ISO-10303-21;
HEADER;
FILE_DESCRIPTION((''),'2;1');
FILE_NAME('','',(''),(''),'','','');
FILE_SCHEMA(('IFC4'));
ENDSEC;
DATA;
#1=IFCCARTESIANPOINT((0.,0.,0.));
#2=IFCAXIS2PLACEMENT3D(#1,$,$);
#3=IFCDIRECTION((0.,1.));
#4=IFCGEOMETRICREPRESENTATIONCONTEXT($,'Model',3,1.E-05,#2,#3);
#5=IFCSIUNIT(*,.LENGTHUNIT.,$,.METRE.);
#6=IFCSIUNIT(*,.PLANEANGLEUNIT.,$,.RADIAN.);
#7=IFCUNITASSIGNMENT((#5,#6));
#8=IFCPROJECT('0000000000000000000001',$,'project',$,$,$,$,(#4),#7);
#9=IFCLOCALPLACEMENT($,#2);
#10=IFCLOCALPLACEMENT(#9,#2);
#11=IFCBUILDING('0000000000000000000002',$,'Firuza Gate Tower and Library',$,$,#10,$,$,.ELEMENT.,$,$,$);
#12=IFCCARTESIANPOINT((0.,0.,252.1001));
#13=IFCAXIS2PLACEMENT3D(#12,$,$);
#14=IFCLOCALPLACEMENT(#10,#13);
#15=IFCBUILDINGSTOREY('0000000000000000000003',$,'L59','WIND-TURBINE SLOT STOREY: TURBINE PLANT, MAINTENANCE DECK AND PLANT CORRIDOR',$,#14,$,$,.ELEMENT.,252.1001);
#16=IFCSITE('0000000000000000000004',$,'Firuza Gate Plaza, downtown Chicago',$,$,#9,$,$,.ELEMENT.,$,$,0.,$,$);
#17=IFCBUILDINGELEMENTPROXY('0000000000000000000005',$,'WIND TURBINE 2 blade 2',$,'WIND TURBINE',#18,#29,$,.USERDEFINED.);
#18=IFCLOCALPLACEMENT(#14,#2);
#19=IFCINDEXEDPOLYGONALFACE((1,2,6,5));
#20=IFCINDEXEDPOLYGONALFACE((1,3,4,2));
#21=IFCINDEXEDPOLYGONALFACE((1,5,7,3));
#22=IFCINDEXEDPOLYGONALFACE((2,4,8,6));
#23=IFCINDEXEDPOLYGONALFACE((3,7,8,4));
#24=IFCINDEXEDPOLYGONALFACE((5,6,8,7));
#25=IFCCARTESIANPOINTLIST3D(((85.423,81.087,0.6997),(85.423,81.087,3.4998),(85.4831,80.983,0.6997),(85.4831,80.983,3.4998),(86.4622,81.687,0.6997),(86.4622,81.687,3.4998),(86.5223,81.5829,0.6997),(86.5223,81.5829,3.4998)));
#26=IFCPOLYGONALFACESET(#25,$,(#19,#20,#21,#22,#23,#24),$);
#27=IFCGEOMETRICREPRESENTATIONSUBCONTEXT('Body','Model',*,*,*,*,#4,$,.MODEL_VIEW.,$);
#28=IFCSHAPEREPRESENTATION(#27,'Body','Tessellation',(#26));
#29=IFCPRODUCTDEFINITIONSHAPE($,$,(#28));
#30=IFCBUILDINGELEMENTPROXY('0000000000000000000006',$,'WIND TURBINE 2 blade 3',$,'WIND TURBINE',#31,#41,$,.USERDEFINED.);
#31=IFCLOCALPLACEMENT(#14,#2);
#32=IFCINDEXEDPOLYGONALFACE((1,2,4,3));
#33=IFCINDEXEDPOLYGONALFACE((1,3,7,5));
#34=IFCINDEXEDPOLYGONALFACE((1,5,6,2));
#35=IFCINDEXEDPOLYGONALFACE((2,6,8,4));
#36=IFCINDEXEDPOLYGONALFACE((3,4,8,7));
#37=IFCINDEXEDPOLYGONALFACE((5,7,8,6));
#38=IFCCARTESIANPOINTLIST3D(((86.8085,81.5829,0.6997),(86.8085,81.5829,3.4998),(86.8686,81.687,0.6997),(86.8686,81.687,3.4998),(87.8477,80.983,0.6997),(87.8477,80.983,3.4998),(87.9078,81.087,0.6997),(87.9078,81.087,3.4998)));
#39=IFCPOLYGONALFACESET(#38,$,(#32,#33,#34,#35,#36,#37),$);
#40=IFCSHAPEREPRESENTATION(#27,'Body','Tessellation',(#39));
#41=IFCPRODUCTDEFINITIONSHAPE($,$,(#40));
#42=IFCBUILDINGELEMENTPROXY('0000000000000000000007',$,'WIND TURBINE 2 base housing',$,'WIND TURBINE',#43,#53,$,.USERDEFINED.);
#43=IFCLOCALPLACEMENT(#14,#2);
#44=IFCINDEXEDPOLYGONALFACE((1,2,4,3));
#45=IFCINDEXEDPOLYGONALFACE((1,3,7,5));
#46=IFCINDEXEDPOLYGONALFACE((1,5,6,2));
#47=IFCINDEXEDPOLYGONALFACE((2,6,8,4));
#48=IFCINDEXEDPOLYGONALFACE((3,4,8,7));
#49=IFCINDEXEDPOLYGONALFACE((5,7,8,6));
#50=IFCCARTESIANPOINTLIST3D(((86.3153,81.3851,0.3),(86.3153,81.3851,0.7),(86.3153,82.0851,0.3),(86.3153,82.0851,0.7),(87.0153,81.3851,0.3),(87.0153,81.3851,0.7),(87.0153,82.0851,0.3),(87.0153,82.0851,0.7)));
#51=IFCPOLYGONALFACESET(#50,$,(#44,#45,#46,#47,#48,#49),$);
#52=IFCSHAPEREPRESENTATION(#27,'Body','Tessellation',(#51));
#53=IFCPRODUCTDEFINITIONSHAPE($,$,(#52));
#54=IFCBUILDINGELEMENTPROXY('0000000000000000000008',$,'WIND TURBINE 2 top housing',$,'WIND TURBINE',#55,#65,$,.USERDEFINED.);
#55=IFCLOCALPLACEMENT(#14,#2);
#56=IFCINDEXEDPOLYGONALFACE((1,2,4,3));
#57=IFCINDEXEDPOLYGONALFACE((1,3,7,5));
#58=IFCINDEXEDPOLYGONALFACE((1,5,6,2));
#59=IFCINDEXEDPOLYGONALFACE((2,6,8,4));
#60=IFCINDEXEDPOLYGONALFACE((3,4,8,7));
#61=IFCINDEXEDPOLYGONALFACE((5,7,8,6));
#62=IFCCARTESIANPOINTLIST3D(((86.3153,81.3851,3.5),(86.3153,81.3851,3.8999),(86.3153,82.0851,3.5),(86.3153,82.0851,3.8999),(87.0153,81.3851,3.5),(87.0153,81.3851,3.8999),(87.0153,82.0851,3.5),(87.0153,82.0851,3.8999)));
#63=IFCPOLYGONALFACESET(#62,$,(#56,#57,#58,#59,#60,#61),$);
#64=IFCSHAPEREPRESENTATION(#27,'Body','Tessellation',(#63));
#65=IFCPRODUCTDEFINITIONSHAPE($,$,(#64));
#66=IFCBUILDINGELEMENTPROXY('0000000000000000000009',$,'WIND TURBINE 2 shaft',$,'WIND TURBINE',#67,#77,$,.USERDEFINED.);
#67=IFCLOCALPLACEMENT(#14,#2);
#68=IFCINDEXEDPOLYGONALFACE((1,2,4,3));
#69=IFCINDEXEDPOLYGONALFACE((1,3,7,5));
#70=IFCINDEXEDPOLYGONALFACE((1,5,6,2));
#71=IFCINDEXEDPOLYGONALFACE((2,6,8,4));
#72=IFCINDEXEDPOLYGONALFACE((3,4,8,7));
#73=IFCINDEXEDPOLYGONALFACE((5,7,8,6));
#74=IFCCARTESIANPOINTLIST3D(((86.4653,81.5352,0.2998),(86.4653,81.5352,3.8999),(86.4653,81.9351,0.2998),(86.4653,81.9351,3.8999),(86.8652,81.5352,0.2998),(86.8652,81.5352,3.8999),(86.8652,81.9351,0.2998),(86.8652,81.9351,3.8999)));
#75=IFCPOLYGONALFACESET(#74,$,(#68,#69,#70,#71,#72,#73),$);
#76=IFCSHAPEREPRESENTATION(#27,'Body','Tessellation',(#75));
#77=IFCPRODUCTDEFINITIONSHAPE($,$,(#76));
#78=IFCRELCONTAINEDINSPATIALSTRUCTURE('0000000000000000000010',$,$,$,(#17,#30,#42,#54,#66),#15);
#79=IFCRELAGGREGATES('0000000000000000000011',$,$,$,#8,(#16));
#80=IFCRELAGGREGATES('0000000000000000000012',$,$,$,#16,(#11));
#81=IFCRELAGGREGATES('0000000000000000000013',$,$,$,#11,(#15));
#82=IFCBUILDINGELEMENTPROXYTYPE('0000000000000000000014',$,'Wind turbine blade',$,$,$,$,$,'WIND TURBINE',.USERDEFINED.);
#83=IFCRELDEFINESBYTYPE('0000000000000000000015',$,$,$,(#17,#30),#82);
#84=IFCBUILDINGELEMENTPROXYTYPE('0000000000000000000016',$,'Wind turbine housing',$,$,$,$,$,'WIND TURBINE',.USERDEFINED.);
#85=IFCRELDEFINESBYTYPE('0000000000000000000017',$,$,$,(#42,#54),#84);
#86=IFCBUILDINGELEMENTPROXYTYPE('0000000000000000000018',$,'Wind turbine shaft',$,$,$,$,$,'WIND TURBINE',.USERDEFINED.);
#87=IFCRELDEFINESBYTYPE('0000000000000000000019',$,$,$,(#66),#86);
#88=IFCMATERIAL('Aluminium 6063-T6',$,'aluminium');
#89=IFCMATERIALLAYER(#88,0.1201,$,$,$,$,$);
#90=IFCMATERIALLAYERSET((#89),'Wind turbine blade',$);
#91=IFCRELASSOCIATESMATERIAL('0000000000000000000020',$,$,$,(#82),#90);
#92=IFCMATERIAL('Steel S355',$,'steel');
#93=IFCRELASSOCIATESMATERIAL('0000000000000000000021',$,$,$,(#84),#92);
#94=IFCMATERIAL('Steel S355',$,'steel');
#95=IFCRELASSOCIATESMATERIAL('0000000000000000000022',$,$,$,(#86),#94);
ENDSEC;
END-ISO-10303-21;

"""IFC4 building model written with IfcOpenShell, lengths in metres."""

from ifc_helpers import new_model, si_unit, direction, frame, origin, origin_2d, place, context, subcontext, project, spatial, rectangle, extrude, material, layer, layer_set, type_object, element, save


model = new_model("IFC4")

# Units and contexts
model_context = context("Model", 3, precision=1e-05, world=origin(), true_north=direction((0.0, 1.0)))
body_context = subcontext(model_context, "Body", "Model", "MODEL_VIEW")
ifc_project = project(units=[si_unit("LENGTHUNIT", "METRE"), si_unit("PLANEANGLEUNIT", "RADIAN")], contexts=[model_context])

# Site, building, storey
site_placement = place(None, origin())
site = spatial("IfcSite", under=ifc_project, at=site_placement, Name="Firuza Gate Plaza, downtown Chicago", CompositionType="ELEMENT", RefElevation=0.0)
building_placement = place(site_placement, origin())
building = spatial("IfcBuilding", under=site, at=building_placement, Name="Firuza Gate Tower and Library", CompositionType="ELEMENT")
storey_placement = place(building_placement, frame((0.0, 0.0, 252.1001)))
storey = spatial("IfcBuildingStorey", under=building, at=storey_placement, Name="L59", Description="WIND-TURBINE SLOT STOREY: TURBINE PLANT, MAINTENANCE DECK AND PLANT CORRIDOR", CompositionType="ELEMENT", Elevation=252.1001)

# Building element proxies
ifc_material_1 = material(Name="Aluminium 6063-T6", Category="aluminium")
ifc_layer_1 = layer(ifc_material_1, 0.1201)
ifc_layer_set_1 = layer_set([ifc_layer_1], Name="Wind turbine blade")
building_element_proxy_type_1 = type_object("IfcBuildingElementProxyType", Name="Wind turbine blade", ElementType="WIND TURBINE", PredefinedType="USERDEFINED", material=ifc_layer_set_1)
for number, where, z_axis, x_axis, name in (
    (1, (85.9727, 81.335, 0.6997), (0.0, 0.0, 1.0), (-0.866025, -0.5, 0.0), "WIND TURBINE 2 blade 2"),
    (2, (87.3582, 81.335, 0.6997), (0.0, 0.0, 1.0), (0.866025, -0.5, 0.0), "WIND TURBINE 2 blade 3"),
):
    element("IfcBuildingElementProxy", number, at=place(storey_placement, frame(where, z_axis=z_axis, x_axis=x_axis)), inside=storey, type_object=building_element_proxy_type_1, Name=name, ObjectType="WIND TURBINE", PredefinedType="USERDEFINED", context=body_context, shape_type="SweptSolid", body=[
        extrude(rectangle(XDim=1.2, YDim=0.1201, at=origin_2d()), origin(), (0.0, 0.0, 1.0), 2.8),
    ])
ifc_material_2 = material(Name="Steel S355", Category="steel")
building_element_proxy_type_2 = type_object("IfcBuildingElementProxyType", Name="Wind turbine housing", ElementType="WIND TURBINE", PredefinedType="USERDEFINED", material=ifc_material_2)
for number, where, z_axis, x_axis, name in (
    (3, (86.6653, 81.7351, 0.3), (0.0, 0.0, 1.0), (1.0, 0.0, 0.0), "WIND TURBINE 2 base housing"),
    (4, (86.6653, 81.7351, 3.5), (0.0, 0.0, 1.0), (1.0, 0.0, 0.0), "WIND TURBINE 2 top housing"),
):
    element("IfcBuildingElementProxy", number, at=place(storey_placement, frame(where, z_axis=z_axis, x_axis=x_axis)), inside=storey, type_object=building_element_proxy_type_2, Name=name, ObjectType="WIND TURBINE", PredefinedType="USERDEFINED", context=body_context, shape_type="SweptSolid", body=[
        extrude(rectangle(XDim=0.7, YDim=0.7, at=origin_2d()), origin(), (0.0, 0.0, 1.0), 0.3999),
    ])
ifc_material_3 = material(Name="Steel S355", Category="steel")
building_element_proxy_type_3 = type_object("IfcBuildingElementProxyType", Name="Wind turbine shaft", ElementType="WIND TURBINE", PredefinedType="USERDEFINED", material=ifc_material_3)
proxy_placement = place(storey_placement, frame((86.6653, 81.7351, 0.2998), z_axis=(0.0, 0.0, 1.0), x_axis=(1.0, 0.0, 0.0)))
element("IfcBuildingElementProxy", 5, at=proxy_placement, inside=storey, type_object=building_element_proxy_type_3, Name="WIND TURBINE 2 shaft", ObjectType="WIND TURBINE", PredefinedType="USERDEFINED", context=body_context, shape_type="SweptSolid", body=[
    extrude(rectangle(XDim=0.3999, YDim=0.3999, at=origin_2d()), origin(), (0.0, 0.0, 1.0), 3.6001),
])

save(model, "model.ifc")
